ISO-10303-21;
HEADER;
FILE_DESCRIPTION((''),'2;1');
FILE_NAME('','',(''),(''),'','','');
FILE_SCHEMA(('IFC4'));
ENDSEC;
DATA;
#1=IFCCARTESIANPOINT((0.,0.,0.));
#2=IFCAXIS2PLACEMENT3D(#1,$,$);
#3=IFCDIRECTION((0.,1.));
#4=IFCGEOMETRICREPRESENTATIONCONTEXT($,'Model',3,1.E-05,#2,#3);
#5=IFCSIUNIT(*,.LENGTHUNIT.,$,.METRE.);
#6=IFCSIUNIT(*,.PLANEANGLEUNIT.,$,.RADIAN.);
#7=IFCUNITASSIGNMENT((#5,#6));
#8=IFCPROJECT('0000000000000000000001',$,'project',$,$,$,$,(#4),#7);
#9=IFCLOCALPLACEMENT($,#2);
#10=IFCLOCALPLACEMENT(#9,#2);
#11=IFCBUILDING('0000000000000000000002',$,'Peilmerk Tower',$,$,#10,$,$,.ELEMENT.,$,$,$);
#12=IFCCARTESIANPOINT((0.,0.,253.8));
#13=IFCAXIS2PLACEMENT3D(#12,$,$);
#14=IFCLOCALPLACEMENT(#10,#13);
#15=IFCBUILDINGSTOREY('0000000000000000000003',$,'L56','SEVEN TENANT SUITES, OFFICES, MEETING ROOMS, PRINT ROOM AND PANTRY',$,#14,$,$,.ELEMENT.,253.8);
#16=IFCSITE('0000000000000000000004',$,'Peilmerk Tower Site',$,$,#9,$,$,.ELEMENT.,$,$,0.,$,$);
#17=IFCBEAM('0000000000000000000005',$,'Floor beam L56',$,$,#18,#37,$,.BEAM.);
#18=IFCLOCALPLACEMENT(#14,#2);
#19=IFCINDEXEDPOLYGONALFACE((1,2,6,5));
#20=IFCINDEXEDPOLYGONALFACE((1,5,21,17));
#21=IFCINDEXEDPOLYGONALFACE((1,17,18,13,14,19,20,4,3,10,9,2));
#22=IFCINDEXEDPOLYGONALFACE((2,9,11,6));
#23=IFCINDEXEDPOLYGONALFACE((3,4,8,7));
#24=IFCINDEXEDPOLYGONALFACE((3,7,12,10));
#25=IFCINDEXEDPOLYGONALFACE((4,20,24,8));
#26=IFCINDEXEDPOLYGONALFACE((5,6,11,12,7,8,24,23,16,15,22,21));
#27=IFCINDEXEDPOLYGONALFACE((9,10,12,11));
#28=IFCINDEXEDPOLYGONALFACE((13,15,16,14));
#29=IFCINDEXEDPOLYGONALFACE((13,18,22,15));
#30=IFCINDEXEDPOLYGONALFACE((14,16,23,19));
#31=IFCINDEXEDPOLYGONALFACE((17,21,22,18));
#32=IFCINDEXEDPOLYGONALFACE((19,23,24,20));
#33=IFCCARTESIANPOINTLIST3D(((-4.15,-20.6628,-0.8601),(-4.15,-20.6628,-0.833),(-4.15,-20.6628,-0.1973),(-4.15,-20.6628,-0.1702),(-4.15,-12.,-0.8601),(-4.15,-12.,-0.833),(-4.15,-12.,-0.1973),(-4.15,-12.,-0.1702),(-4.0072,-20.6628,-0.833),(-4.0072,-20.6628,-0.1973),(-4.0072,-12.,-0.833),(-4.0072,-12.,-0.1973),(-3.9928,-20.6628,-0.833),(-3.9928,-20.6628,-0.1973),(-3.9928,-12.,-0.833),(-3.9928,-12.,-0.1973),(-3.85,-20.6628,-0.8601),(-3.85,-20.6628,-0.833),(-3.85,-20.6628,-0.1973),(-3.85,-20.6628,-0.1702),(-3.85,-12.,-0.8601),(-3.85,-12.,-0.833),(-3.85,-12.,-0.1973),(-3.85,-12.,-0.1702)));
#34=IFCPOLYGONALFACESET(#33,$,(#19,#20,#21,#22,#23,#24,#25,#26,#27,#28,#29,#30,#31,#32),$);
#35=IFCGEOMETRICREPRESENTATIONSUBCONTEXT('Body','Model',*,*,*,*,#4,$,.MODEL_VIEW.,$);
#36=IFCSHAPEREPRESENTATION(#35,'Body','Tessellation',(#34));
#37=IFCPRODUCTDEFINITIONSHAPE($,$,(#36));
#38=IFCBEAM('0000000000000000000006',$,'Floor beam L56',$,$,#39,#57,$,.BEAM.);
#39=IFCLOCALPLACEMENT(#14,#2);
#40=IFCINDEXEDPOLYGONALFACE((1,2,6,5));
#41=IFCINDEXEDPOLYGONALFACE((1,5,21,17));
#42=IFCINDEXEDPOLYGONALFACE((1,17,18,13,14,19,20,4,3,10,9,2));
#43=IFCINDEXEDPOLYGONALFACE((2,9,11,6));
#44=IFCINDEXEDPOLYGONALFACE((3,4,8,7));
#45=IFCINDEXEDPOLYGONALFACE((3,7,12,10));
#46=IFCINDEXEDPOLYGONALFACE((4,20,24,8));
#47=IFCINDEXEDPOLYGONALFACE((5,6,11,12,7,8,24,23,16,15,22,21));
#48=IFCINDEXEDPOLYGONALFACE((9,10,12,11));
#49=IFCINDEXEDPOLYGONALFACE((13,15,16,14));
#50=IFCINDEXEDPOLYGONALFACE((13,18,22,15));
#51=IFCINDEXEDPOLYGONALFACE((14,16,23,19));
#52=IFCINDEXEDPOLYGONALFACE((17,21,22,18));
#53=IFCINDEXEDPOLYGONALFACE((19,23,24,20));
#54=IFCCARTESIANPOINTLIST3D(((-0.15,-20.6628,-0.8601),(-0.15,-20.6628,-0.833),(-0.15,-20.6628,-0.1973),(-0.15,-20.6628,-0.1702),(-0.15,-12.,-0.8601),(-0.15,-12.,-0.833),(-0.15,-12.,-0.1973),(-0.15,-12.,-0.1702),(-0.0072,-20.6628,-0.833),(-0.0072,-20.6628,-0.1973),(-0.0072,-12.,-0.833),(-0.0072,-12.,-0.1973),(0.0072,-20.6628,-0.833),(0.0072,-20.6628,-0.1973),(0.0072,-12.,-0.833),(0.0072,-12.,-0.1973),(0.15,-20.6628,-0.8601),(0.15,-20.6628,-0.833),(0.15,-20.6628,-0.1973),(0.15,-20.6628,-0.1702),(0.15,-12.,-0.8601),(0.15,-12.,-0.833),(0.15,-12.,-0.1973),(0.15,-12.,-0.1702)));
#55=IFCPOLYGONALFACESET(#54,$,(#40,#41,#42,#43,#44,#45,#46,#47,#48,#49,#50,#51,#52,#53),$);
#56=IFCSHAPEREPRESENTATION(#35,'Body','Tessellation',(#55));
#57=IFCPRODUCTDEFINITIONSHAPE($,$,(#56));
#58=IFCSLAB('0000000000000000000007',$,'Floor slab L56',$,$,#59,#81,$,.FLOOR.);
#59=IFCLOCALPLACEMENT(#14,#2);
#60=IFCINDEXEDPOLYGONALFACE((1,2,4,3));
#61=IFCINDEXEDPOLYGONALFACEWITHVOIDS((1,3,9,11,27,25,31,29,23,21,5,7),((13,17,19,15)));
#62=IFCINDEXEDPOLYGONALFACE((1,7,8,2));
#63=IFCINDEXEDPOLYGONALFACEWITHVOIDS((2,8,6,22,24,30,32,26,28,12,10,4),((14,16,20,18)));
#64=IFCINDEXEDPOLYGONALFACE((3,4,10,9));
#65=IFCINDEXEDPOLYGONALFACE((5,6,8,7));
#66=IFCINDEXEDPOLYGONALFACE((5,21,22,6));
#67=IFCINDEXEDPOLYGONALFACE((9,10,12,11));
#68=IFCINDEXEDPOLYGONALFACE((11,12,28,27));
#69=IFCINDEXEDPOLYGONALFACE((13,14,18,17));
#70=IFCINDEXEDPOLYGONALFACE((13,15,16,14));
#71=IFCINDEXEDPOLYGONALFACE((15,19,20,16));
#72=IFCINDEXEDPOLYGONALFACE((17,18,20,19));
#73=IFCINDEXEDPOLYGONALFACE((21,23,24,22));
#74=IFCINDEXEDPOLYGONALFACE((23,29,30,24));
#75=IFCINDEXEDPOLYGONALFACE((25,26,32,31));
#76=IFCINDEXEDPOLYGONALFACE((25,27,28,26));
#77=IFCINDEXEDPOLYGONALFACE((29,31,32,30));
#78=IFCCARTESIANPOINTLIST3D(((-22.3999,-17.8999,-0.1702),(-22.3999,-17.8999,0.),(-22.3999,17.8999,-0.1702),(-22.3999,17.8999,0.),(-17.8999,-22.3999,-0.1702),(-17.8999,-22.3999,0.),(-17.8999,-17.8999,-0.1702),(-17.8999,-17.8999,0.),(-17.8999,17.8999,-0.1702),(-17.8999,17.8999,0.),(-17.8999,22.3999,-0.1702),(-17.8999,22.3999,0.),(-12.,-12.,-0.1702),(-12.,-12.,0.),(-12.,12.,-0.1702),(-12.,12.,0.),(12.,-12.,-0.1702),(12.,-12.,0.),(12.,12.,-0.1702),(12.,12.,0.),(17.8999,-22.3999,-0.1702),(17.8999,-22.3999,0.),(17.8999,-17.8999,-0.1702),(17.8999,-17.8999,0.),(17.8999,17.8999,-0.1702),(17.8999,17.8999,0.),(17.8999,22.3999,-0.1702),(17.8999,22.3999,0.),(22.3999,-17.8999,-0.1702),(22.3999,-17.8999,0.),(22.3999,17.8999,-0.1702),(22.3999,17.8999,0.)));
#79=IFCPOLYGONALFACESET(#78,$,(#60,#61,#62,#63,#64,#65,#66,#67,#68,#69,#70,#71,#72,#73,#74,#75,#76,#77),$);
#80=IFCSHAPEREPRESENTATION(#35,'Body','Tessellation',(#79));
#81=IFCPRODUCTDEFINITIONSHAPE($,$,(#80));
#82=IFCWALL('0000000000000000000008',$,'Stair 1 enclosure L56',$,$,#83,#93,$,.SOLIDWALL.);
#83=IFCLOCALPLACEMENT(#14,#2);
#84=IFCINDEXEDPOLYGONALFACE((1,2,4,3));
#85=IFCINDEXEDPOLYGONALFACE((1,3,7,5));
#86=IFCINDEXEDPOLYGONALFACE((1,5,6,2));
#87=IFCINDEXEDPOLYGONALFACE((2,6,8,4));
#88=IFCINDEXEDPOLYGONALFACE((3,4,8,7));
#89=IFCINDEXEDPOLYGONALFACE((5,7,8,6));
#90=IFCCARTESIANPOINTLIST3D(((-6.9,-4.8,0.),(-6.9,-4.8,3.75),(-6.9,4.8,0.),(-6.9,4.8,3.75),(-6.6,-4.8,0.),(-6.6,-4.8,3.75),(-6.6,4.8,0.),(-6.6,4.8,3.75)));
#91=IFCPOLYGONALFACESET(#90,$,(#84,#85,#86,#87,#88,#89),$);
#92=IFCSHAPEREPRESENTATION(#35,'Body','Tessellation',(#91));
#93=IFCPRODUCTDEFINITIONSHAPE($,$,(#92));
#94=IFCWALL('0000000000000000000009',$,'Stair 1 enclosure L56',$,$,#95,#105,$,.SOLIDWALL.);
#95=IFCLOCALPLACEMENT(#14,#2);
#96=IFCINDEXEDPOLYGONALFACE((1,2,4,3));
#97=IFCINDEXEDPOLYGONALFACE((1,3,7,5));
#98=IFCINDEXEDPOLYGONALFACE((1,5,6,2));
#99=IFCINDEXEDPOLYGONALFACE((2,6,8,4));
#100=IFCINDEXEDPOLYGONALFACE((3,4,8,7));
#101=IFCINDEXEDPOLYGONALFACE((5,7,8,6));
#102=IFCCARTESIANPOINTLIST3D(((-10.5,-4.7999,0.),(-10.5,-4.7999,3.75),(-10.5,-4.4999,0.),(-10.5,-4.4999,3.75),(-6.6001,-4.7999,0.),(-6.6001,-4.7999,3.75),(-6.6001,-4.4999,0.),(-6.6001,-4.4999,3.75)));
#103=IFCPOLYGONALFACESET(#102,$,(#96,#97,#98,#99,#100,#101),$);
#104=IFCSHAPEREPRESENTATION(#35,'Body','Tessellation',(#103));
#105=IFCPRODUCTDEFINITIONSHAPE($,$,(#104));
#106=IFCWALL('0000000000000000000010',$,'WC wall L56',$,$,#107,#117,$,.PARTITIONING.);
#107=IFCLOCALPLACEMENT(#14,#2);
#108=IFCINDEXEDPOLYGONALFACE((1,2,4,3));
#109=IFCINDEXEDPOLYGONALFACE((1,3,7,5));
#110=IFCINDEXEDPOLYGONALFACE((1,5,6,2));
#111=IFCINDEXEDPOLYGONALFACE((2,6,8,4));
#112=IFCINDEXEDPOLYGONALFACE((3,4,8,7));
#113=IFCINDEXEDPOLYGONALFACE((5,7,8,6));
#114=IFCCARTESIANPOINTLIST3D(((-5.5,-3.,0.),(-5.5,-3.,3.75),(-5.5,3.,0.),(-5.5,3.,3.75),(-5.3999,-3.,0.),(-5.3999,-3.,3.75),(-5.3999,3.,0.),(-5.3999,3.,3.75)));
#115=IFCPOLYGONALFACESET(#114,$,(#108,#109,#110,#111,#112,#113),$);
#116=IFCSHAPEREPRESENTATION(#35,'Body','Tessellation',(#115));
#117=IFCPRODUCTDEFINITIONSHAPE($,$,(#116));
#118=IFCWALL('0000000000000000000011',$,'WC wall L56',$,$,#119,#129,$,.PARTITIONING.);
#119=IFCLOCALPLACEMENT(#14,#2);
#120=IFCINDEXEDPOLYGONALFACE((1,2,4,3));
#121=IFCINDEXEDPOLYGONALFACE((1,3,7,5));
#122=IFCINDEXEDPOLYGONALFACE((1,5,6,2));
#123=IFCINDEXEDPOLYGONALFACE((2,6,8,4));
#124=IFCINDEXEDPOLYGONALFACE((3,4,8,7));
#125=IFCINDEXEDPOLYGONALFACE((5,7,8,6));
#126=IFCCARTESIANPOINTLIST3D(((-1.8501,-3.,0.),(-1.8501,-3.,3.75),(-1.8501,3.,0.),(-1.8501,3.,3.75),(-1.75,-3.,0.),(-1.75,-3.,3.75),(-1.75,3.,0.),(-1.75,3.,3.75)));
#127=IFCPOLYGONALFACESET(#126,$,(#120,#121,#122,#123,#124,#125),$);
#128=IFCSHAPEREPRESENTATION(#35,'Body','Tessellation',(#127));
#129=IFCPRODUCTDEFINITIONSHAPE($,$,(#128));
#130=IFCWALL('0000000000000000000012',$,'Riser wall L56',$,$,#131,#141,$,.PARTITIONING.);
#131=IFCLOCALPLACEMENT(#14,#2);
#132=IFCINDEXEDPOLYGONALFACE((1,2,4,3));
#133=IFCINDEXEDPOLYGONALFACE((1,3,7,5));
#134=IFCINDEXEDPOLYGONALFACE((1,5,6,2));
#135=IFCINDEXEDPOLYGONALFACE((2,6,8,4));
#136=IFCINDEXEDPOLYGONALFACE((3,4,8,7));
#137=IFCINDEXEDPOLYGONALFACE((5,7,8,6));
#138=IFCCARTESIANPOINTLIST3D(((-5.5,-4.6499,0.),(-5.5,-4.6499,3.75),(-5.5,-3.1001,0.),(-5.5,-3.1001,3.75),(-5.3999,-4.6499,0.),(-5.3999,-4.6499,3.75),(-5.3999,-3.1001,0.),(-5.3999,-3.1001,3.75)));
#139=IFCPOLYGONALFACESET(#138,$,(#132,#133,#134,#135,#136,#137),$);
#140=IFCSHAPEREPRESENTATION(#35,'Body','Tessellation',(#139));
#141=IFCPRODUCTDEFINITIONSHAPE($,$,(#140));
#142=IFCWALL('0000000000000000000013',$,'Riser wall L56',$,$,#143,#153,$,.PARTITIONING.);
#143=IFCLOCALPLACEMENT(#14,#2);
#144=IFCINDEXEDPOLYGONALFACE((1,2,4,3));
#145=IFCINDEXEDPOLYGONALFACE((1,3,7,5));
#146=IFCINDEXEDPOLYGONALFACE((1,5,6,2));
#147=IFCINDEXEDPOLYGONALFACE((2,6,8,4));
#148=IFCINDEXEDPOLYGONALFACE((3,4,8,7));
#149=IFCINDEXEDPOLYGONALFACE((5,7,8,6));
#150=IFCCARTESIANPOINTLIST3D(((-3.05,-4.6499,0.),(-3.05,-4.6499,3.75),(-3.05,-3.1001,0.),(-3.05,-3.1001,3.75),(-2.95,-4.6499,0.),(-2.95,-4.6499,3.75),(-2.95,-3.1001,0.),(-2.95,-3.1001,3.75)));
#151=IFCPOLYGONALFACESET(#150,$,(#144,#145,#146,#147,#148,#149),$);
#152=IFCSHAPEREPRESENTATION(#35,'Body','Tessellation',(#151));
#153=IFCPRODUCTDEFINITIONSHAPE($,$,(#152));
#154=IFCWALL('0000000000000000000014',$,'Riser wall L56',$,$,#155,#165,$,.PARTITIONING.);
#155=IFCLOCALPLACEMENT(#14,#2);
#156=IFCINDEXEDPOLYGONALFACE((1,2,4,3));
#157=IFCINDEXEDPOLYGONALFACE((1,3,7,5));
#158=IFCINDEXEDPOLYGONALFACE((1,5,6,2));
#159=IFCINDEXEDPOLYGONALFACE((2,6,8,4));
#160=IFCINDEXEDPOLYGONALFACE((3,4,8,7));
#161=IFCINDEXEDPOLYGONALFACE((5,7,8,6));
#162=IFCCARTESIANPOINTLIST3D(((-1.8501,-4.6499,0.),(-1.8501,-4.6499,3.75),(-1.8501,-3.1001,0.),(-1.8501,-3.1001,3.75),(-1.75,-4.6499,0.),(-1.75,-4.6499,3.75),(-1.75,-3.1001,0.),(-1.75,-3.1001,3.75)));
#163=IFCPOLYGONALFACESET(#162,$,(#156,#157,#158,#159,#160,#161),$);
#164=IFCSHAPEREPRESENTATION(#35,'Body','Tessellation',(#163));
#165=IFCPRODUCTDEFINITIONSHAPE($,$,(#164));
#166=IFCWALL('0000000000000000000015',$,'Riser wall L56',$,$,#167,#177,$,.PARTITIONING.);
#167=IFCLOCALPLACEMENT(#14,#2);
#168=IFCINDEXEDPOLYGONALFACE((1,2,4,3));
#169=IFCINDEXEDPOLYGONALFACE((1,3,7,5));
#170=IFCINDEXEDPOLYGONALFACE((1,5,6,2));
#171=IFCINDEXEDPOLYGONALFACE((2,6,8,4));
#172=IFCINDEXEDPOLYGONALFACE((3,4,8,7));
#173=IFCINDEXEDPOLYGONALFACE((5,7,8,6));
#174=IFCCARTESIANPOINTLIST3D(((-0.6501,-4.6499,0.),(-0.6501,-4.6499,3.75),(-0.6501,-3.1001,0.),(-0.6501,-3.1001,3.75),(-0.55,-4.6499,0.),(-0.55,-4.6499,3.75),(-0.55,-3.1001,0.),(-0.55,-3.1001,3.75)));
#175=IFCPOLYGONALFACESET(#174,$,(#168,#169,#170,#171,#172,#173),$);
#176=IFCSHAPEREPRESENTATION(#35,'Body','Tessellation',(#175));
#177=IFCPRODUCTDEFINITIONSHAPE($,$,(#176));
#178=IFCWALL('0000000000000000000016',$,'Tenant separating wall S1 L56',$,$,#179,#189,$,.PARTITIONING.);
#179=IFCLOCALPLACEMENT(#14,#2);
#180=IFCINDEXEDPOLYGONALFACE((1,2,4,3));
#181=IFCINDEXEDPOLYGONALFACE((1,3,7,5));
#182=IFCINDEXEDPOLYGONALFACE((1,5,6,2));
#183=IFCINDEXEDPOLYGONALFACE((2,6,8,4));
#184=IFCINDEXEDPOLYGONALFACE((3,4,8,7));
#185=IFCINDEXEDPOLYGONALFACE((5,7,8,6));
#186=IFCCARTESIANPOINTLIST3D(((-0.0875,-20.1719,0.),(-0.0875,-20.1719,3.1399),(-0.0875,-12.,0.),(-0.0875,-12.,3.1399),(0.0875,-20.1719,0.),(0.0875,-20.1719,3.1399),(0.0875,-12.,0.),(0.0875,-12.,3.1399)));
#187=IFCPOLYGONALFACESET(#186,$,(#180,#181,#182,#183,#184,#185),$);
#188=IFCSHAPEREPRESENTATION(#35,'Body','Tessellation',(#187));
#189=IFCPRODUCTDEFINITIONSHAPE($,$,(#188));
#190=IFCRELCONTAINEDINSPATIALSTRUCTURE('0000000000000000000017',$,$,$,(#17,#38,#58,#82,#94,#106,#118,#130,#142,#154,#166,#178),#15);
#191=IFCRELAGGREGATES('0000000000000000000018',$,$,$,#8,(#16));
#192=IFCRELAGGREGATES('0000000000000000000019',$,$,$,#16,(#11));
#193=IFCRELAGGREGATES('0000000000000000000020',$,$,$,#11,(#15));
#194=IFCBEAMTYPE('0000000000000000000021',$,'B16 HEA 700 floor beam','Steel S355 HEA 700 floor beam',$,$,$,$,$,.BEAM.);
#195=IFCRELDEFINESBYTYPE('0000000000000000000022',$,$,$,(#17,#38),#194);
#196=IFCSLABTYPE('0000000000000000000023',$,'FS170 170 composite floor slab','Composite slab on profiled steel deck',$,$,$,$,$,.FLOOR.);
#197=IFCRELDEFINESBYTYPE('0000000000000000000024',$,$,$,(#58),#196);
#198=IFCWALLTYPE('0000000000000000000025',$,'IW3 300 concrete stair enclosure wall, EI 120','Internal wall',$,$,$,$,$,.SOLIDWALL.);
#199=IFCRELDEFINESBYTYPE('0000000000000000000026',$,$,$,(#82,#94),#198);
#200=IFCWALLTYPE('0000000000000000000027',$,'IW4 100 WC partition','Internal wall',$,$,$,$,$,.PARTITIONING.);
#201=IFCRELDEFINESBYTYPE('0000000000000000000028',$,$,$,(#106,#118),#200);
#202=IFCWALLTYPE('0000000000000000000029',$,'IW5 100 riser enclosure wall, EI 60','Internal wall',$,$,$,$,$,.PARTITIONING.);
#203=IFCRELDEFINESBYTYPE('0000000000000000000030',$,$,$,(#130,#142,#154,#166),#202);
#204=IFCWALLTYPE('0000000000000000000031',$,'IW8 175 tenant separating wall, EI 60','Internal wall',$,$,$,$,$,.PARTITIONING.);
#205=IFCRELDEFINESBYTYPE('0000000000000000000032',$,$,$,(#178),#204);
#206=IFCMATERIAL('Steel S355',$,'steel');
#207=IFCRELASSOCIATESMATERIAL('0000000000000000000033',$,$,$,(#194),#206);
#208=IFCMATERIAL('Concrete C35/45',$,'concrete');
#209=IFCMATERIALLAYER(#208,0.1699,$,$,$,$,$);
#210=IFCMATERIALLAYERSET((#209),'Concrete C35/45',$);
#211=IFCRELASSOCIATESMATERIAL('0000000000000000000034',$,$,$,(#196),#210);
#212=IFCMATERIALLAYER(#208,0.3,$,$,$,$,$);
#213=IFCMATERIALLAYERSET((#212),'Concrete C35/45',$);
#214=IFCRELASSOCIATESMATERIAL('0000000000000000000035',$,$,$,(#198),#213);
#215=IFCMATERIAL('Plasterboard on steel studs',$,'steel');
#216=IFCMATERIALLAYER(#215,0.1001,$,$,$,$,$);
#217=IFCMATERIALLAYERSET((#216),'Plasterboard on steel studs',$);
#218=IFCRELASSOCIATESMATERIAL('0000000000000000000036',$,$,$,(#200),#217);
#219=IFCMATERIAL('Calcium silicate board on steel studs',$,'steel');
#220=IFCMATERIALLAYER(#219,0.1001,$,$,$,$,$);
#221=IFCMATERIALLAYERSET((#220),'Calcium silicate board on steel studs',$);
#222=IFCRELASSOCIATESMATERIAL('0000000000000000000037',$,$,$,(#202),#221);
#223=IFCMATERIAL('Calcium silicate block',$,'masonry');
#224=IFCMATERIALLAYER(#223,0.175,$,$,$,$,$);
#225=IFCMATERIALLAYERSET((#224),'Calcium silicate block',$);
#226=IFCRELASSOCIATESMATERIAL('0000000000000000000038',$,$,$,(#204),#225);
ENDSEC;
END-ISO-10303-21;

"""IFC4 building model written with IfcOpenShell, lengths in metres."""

from ifc_helpers import new_model, si_unit, direction, frame, frame_2d, origin, origin_2d, place, context, subcontext, project, spatial, polyline, rectangle, i_section, outline, extrude, material, layer, layer_set, material_profile, profile_set, type_object, element, save


model = new_model("IFC4")

# Units and contexts
model_context = context("Model", 3, precision=1e-05, world=origin(), true_north=direction((0.0, 1.0)))
body_context = subcontext(model_context, "Body", "Model", "MODEL_VIEW")
ifc_project = project(units=[si_unit("LENGTHUNIT", "METRE"), si_unit("PLANEANGLEUNIT", "RADIAN")], contexts=[model_context])

# Site, building, storey
site_placement = place(None, origin())
site = spatial("IfcSite", under=ifc_project, at=site_placement, Name="Peilmerk Tower Site", CompositionType="ELEMENT", RefElevation=0.0)
building_placement = place(site_placement, origin())
building = spatial("IfcBuilding", under=site, at=building_placement, Name="Peilmerk Tower", CompositionType="ELEMENT")
storey_placement = place(building_placement, frame((0.0, 0.0, 253.8)))
storey = spatial("IfcBuildingStorey", under=building, at=storey_placement, Name="L56", Description="SEVEN TENANT SUITES, OFFICES, MEETING ROOMS, PRINT ROOM AND PANTRY", CompositionType="ELEMENT", Elevation=253.8)

# Beams
ifc_material_1 = material(Name="Steel S355", Category="steel")
ifc_material_profile = material_profile(ifc_material_1, i_section(OverallWidth=0.3, OverallDepth=0.6899, WebThickness=0.0144, FlangeThickness=0.0271, at=origin_2d()), Name="HEA 700")
ifc_profile_set = profile_set([ifc_material_profile], Name="Steel S355")
beam_type = type_object("IfcBeamType", Name="B16 HEA 700 floor beam", Description="Steel S355 HEA 700 floor beam", PredefinedType="BEAM", material=ifc_profile_set)
for number, where, z_axis, x_axis, name in (
    (1, (-4.0, -12.0, -0.5151), (0.0, -1.0, 0.0), (1.0, 0.0, 0.0), "Floor beam L56"),
    (2, (0.0, -12.0, -0.5151), (0.0, -1.0, 0.0), (1.0, 0.0, 0.0), "Floor beam L56"),
):
    element("IfcBeam", number, at=place(storey_placement, frame(where, z_axis=z_axis, x_axis=x_axis)), inside=storey, type_object=beam_type, Name=name, PredefinedType="BEAM", context=body_context, shape_type="SweptSolid", body=[
        extrude(i_section(OverallWidth=0.3, OverallDepth=0.6899, WebThickness=0.0144, FlangeThickness=0.0271, at=origin_2d()), origin(), (0.0, 0.0, 1.0), 8.6628),
    ])

# Slab
ifc_material_2 = material(Name="Concrete C35/45", Category="concrete")
ifc_layer_1 = layer(ifc_material_2, 0.1699)
ifc_layer_set_1 = layer_set([ifc_layer_1], Name="Concrete C35/45")
slab_type = type_object("IfcSlabType", Name="FS170 170 composite floor slab", Description="Composite slab on profiled steel deck", PredefinedType="FLOOR", material=ifc_layer_set_1)
slab_placement = place(storey_placement, frame((0.0, 0.0, -0.1702)))
element("IfcSlab", 3, at=slab_placement, inside=storey, type_object=slab_type, Name="Floor slab L56", PredefinedType="FLOOR", context=body_context, shape_type="SweptSolid", body=[
    extrude(outline(polyline([(-17.8999, -22.3999), (17.8999, -22.3999), (17.8999, -17.8999), (22.3999, -17.8999), (22.3999, 17.8999), (17.8999, 17.8999), (17.8999, 22.3999), (-17.8999, 22.3999), (-17.8999, 17.8999), (-22.3999, 17.8999), (-22.3999, -17.8999), (-17.8999, -17.8999), (-17.8999, -22.3999)]), holes=[polyline([(12.0, 12.0), (12.0, -12.0), (-12.0, -12.0), (-12.0, 12.0), (12.0, 12.0)])]), origin(), (0.0, 0.0, 1.0), 0.1702),
])

# Walls
ifc_layer_2 = layer(ifc_material_2, 0.3)
ifc_layer_set_2 = layer_set([ifc_layer_2], Name="Concrete C35/45")
wall_type_1 = type_object("IfcWallType", Name="IW3 300 concrete stair enclosure wall, EI 120", Description="Internal wall", PredefinedType="SOLIDWALL", material=ifc_layer_set_2)
wall_1_placement = place(storey_placement, frame((-6.75, -4.8, 0.0), z_axis=(0.0, 0.0, 1.0), x_axis=(0.0, 1.0, 0.0)))
element("IfcWall", 4, at=wall_1_placement, inside=storey, type_object=wall_type_1, Name="Stair 1 enclosure L56", PredefinedType="SOLIDWALL", context=body_context, shape_type="SweptSolid", body=[
    extrude(rectangle(XDim=9.6001, YDim=0.3, at=frame_2d((4.8, 0.0))), origin(), (0.0, 0.0, 1.0), 3.75),
])
wall_2_placement = place(storey_placement, frame((-6.6001, -4.6499, 0.0), z_axis=(0.0, 0.0, 1.0), x_axis=(-1.0, 0.0, 0.0)))
element("IfcWall", 5, at=wall_2_placement, inside=storey, type_object=wall_type_1, Name="Stair 1 enclosure L56", PredefinedType="SOLIDWALL", context=body_context, shape_type="SweptSolid", body=[
    extrude(rectangle(XDim=3.8999, YDim=0.3, at=frame_2d((1.95, 0.0))), origin(), (0.0, 0.0, 1.0), 3.75),
])
ifc_material_3 = material(Name="Plasterboard on steel studs", Category="steel")
ifc_layer_3 = layer(ifc_material_3, 0.1001)
ifc_layer_set_3 = layer_set([ifc_layer_3], Name="Plasterboard on steel studs")
wall_type_2 = type_object("IfcWallType", Name="IW4 100 WC partition", Description="Internal wall", PredefinedType="PARTITIONING", material=ifc_layer_set_3)
for number, where, z_axis, x_axis, name in (
    (6, (-5.45, -3.0, 0.0), (0.0, 0.0, 1.0), (0.0, 1.0, 0.0), "WC wall L56"),
    (7, (-1.8, -3.0, 0.0), (0.0, 0.0, 1.0), (0.0, 1.0, 0.0), "WC wall L56"),
):
    element("IfcWall", number, at=place(storey_placement, frame(where, z_axis=z_axis, x_axis=x_axis)), inside=storey, type_object=wall_type_2, Name=name, PredefinedType="PARTITIONING", context=body_context, shape_type="SweptSolid", body=[
        extrude(rectangle(XDim=6.0, YDim=0.1001, at=frame_2d((3.0, 0.0))), origin(), (0.0, 0.0, 1.0), 3.75),
    ])
ifc_material_4 = material(Name="Calcium silicate board on steel studs", Category="steel")
ifc_layer_4 = layer(ifc_material_4, 0.1001)
ifc_layer_set_4 = layer_set([ifc_layer_4], Name="Calcium silicate board on steel studs")
wall_type_3 = type_object("IfcWallType", Name="IW5 100 riser enclosure wall, EI 60", Description="Internal wall", PredefinedType="PARTITIONING", material=ifc_layer_set_4)
for number, where, z_axis, x_axis, name in (
    (8, (-5.45, -3.1001, 0.0), (0.0, 0.0, 1.0), (0.0, -1.0, 0.0), "Riser wall L56"),
    (9, (-3.0, -3.1001, 0.0), (0.0, 0.0, 1.0), (0.0, -1.0, 0.0), "Riser wall L56"),
    (10, (-1.8, -3.1001, 0.0), (0.0, 0.0, 1.0), (0.0, -1.0, 0.0), "Riser wall L56"),
    (11, (-0.6001, -3.1001, 0.0), (0.0, 0.0, 1.0), (0.0, -1.0, 0.0), "Riser wall L56"),
):
    element("IfcWall", number, at=place(storey_placement, frame(where, z_axis=z_axis, x_axis=x_axis)), inside=storey, type_object=wall_type_3, Name=name, PredefinedType="PARTITIONING", context=body_context, shape_type="SweptSolid", body=[
        extrude(rectangle(XDim=1.5498, YDim=0.1001, at=frame_2d((0.7749, 0.0))), origin(), (0.0, 0.0, 1.0), 3.75),
    ])
ifc_material_5 = material(Name="Calcium silicate block", Category="masonry")
ifc_layer_5 = layer(ifc_material_5, 0.175)
ifc_layer_set_5 = layer_set([ifc_layer_5], Name="Calcium silicate block")
wall_type_4 = type_object("IfcWallType", Name="IW8 175 tenant separating wall, EI 60", Description="Internal wall", PredefinedType="PARTITIONING", material=ifc_layer_set_5)
wall_3_placement = place(storey_placement, frame((0.0, -12.0, 0.0), z_axis=(0.0, 0.0, 1.0), x_axis=(0.0, -1.0, 0.0)))
element("IfcWall", 12, at=wall_3_placement, inside=storey, type_object=wall_type_4, Name="Tenant separating wall S1 L56", PredefinedType="PARTITIONING", context=body_context, shape_type="SweptSolid", body=[
    extrude(rectangle(XDim=8.1719, YDim=0.175, at=frame_2d((4.0859, 0.0))), origin(), (0.0, 0.0, 1.0), 3.1399),
])

save(model, "model.ifc")
